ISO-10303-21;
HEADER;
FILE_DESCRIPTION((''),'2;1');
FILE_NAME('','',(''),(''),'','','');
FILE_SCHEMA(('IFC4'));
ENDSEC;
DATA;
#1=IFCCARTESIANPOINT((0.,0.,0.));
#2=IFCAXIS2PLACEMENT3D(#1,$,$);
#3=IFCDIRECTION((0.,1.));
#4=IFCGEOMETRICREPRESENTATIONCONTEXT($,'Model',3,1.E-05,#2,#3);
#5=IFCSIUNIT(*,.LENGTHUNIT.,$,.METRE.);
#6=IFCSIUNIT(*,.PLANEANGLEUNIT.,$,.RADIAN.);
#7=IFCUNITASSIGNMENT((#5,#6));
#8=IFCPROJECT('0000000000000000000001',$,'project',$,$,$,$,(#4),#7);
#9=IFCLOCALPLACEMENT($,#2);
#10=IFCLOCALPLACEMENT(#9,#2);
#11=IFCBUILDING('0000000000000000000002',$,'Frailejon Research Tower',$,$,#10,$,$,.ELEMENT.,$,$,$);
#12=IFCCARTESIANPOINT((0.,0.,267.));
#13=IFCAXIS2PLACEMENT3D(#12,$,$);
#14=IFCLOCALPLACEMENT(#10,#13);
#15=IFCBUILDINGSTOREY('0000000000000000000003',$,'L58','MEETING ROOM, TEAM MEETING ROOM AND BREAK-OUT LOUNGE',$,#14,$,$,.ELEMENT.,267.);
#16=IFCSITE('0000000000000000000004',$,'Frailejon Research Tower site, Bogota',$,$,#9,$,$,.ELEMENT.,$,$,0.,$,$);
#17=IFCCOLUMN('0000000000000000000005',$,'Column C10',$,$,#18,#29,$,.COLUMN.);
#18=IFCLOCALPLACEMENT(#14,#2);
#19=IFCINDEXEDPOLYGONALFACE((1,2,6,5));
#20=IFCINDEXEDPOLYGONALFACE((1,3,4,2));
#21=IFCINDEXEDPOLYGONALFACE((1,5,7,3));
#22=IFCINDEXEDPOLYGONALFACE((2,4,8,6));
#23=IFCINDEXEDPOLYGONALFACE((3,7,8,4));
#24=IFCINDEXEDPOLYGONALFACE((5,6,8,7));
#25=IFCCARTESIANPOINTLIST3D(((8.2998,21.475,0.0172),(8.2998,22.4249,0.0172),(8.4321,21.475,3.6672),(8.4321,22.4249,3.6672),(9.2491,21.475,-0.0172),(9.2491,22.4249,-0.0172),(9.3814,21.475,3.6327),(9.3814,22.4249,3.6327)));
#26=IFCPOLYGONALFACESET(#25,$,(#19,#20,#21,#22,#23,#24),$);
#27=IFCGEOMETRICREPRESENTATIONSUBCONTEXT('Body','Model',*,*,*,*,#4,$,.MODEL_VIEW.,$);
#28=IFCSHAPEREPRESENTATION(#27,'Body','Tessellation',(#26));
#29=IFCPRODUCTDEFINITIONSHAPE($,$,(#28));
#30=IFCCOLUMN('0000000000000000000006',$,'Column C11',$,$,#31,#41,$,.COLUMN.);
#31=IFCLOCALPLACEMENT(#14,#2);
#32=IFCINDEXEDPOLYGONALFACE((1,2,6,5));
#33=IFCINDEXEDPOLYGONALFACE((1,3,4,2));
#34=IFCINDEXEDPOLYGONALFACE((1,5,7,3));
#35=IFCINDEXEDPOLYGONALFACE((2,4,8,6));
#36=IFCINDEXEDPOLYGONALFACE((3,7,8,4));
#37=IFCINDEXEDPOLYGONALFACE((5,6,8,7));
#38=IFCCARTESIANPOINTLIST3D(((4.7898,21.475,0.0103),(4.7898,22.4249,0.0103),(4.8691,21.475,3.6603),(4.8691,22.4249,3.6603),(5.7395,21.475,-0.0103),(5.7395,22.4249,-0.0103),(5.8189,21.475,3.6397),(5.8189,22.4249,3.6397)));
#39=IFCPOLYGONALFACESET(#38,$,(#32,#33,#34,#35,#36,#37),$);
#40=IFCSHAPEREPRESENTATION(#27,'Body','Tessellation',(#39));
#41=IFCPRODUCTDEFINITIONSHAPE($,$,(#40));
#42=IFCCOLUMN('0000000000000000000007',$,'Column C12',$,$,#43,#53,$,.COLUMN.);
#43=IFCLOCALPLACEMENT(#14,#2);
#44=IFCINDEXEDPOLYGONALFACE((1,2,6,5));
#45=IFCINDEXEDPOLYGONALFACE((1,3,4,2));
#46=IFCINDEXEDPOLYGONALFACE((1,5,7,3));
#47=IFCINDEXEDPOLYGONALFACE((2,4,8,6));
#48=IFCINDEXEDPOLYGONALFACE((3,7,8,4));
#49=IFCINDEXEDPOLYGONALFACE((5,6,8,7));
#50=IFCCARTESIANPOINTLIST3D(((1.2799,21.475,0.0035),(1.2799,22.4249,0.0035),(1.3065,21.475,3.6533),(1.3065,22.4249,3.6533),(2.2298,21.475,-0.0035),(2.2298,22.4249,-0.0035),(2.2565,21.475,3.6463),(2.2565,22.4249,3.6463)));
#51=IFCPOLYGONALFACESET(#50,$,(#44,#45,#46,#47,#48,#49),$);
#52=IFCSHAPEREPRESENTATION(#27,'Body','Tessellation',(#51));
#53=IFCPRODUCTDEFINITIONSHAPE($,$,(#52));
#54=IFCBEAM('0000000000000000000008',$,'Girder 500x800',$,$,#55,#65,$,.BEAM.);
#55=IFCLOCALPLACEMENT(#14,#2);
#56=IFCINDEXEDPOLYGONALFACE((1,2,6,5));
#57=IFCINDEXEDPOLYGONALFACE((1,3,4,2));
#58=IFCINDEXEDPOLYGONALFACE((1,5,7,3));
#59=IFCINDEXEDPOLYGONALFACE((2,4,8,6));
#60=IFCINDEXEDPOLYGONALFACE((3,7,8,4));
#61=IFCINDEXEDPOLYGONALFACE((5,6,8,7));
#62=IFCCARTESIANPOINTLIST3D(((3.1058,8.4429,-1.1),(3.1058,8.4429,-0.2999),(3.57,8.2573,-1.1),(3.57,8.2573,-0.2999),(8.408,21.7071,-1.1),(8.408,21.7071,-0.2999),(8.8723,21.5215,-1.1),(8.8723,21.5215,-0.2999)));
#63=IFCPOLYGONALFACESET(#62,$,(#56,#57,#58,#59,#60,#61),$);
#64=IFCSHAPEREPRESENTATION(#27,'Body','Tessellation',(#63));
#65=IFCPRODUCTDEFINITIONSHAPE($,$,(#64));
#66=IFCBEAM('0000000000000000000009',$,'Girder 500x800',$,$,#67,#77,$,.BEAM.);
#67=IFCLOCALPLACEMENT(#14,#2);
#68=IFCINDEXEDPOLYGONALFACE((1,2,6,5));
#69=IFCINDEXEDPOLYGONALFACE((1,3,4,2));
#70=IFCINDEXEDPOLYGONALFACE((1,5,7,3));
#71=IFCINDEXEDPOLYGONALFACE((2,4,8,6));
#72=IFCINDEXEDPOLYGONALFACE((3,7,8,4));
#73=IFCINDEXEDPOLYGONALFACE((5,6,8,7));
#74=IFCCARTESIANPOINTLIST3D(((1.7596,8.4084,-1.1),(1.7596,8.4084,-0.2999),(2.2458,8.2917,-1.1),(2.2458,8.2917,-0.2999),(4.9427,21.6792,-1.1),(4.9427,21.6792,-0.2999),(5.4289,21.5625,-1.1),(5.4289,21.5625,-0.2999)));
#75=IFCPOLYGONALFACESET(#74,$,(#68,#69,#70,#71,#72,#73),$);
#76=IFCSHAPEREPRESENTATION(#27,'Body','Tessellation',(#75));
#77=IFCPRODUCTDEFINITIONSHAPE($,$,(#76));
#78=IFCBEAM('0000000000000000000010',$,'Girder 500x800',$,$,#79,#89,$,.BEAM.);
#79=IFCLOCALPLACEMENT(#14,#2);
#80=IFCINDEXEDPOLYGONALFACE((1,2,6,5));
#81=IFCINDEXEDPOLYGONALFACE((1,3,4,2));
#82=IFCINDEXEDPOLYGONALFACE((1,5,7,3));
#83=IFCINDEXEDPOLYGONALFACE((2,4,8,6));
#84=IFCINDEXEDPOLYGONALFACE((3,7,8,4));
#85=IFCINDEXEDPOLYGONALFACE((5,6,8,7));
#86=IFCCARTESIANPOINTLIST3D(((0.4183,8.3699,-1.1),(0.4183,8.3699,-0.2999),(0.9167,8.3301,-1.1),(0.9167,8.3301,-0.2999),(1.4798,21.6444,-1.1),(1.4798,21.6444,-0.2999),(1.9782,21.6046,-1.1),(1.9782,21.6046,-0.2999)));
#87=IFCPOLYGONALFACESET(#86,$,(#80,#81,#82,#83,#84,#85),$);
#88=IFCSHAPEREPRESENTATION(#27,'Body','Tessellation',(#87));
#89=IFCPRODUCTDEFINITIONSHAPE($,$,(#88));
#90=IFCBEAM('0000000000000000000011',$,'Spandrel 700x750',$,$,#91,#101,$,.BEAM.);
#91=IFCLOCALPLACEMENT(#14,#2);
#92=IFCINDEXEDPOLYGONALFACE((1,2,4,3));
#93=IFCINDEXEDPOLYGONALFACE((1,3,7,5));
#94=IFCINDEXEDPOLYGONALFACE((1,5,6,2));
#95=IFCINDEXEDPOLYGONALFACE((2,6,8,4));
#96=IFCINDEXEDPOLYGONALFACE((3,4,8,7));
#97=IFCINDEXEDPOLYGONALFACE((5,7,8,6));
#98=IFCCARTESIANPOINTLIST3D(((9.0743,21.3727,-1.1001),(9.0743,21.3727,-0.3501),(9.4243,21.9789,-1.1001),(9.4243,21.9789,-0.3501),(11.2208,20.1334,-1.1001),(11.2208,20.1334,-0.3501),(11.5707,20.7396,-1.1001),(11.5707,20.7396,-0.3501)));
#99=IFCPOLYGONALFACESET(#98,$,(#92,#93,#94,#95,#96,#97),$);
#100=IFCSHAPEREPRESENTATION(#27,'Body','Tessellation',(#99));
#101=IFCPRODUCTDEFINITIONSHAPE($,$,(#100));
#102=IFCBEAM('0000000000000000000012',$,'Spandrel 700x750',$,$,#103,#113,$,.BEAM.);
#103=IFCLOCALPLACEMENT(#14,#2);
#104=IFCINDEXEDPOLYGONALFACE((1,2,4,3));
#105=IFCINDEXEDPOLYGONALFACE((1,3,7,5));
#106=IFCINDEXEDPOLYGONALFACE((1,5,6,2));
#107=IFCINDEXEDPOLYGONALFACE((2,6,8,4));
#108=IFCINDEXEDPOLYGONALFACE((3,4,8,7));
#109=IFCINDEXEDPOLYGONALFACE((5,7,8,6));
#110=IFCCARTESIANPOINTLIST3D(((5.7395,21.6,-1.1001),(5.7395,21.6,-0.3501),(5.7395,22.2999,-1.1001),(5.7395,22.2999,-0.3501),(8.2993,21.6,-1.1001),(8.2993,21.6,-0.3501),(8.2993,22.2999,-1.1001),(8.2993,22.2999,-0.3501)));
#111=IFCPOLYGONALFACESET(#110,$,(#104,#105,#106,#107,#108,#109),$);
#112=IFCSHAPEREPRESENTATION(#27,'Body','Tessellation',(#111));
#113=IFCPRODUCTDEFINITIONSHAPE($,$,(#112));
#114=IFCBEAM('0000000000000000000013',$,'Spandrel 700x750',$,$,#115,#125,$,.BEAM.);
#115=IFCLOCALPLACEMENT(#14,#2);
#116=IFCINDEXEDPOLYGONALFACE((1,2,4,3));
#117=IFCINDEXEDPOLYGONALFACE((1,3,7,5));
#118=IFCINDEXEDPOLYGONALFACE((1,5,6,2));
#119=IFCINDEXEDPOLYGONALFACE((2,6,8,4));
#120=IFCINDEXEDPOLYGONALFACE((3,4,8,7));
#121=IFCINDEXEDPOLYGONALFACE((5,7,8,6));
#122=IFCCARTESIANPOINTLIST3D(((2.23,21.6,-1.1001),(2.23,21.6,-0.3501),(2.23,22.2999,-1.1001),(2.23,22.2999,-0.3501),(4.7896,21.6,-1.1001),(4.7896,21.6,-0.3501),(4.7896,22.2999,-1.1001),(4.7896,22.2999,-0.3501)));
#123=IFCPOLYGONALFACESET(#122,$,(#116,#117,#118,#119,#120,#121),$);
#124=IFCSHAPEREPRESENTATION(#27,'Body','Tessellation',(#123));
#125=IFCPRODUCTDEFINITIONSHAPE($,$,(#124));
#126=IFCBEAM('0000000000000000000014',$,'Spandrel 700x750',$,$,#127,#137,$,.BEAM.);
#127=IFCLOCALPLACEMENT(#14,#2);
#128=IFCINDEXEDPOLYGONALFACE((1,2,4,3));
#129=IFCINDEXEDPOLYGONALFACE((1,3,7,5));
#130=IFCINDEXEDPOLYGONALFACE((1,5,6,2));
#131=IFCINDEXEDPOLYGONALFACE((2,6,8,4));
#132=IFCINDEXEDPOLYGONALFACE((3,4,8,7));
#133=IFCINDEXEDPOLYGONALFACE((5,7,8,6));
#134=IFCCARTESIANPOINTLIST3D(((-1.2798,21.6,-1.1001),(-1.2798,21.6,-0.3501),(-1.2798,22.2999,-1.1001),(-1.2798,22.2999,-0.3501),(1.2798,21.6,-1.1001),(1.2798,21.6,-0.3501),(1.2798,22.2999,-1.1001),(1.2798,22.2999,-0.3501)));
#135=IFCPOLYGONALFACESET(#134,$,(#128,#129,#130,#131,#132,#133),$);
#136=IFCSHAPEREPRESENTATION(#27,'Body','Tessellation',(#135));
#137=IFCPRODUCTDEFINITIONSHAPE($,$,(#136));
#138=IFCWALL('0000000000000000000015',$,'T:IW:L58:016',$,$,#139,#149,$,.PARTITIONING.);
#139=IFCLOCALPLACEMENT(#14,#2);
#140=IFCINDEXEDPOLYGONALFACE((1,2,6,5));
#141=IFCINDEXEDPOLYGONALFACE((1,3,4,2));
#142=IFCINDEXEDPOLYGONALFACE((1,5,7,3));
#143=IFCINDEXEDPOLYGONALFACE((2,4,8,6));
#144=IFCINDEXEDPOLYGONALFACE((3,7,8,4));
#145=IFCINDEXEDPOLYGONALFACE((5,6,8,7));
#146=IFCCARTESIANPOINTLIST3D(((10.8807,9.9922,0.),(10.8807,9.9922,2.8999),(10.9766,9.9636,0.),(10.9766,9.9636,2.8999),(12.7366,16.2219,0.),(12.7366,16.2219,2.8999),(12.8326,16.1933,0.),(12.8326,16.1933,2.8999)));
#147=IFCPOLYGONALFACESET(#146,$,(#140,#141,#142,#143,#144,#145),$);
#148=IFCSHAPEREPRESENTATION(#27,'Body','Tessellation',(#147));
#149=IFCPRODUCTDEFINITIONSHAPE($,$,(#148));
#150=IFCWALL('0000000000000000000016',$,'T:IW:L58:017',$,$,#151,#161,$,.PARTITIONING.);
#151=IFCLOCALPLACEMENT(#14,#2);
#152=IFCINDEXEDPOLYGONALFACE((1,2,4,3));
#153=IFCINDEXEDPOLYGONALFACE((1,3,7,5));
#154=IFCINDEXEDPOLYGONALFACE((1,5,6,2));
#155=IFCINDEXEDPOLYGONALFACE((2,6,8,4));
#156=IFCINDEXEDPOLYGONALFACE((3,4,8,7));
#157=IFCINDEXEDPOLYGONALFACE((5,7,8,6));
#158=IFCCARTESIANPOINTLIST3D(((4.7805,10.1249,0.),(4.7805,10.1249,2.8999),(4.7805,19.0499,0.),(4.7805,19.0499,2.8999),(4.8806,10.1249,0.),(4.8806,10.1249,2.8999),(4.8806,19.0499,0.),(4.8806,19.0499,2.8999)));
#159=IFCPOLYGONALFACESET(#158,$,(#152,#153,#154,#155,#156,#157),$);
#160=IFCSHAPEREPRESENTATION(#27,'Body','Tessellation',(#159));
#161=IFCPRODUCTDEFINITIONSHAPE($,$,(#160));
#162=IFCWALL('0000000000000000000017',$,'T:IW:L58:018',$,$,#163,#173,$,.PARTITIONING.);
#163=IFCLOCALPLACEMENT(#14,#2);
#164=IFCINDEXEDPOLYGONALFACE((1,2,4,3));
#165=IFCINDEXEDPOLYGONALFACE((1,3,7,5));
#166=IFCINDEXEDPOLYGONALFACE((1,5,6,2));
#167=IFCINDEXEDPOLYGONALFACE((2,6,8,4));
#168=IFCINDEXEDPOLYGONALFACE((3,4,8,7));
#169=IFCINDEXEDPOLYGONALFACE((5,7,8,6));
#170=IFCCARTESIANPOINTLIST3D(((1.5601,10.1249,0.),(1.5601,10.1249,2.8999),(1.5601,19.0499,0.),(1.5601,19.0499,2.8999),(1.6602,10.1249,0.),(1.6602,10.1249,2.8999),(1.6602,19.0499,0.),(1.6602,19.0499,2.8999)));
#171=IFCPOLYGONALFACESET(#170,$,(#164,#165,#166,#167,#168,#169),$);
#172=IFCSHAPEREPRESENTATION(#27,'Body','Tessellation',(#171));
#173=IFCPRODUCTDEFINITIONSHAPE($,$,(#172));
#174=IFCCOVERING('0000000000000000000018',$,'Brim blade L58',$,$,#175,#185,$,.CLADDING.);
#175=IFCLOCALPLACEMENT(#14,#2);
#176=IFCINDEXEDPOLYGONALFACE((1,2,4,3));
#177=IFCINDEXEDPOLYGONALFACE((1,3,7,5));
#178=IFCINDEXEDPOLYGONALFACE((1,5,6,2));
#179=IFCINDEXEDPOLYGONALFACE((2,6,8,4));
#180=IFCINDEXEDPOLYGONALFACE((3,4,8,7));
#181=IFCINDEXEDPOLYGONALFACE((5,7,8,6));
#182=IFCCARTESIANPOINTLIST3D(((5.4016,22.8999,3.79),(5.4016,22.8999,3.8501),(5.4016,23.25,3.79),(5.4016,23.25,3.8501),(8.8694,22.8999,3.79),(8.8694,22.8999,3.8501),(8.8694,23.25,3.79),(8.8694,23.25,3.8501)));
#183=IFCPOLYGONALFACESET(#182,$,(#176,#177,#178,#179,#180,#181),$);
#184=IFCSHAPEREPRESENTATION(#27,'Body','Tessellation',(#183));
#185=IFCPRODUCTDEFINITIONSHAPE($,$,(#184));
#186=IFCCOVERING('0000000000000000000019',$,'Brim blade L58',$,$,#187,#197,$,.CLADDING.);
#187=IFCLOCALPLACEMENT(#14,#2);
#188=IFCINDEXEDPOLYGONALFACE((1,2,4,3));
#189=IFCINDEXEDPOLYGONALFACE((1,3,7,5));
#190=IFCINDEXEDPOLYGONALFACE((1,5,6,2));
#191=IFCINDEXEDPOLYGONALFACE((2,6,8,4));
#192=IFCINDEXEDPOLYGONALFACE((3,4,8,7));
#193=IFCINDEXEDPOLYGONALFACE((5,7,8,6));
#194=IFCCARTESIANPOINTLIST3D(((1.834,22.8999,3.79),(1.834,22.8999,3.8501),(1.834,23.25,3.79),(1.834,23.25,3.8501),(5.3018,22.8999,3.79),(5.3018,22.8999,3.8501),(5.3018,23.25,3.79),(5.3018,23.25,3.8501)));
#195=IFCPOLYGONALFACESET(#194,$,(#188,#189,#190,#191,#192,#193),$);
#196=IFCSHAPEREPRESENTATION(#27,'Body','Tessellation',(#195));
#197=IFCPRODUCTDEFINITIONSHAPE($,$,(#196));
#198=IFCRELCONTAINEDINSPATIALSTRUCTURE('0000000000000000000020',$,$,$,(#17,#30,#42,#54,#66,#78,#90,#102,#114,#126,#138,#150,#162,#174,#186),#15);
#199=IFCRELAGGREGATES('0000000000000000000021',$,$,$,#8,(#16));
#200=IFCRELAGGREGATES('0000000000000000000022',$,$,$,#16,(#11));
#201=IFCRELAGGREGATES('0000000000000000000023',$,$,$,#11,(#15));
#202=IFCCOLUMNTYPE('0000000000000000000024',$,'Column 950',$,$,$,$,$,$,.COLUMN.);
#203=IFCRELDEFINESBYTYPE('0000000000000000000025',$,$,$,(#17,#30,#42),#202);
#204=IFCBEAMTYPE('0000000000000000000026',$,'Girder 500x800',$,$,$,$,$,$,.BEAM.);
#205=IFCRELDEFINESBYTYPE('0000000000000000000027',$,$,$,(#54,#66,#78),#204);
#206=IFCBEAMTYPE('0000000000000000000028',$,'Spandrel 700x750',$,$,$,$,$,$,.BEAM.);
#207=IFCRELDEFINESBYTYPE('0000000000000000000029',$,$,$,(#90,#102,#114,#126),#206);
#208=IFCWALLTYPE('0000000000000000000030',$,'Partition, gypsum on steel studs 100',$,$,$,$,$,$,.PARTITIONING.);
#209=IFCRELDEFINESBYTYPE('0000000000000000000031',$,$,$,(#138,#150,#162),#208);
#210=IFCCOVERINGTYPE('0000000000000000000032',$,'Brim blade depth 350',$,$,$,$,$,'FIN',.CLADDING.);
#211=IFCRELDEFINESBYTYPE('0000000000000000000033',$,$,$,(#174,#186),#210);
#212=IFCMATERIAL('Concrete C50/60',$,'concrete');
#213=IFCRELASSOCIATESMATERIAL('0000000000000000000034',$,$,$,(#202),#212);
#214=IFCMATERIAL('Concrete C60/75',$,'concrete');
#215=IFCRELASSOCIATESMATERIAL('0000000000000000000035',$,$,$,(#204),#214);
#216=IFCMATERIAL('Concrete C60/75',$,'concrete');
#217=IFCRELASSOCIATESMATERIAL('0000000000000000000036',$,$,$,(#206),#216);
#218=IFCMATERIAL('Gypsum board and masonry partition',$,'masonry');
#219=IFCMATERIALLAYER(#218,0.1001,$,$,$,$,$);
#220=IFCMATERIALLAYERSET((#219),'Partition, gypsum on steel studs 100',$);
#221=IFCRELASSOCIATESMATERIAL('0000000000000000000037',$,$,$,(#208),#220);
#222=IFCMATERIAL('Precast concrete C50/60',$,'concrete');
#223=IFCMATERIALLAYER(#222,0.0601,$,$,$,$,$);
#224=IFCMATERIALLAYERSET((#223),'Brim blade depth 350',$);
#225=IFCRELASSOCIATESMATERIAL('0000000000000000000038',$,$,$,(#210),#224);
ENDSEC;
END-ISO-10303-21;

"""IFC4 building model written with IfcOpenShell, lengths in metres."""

from ifc_helpers import new_model, si_unit, direction, frame, frame_2d, origin, origin_2d, place, context, subcontext, project, spatial, polyline, rectangle, outline, extrude, material, layer, layer_set, material_profile, profile_set, type_object, element, save


model = new_model("IFC4")

# Units and contexts
model_context = context("Model", 3, precision=1e-05, world=origin(), true_north=direction((0.0, 1.0)))
body_context = subcontext(model_context, "Body", "Model", "MODEL_VIEW")
ifc_project = project(units=[si_unit("LENGTHUNIT", "METRE"), si_unit("PLANEANGLEUNIT", "RADIAN")], contexts=[model_context])

# Site, building, storey
site_placement = place(None, origin())
site = spatial("IfcSite", under=ifc_project, at=site_placement, Name="Frailejon Research Tower site, Bogota", CompositionType="ELEMENT", RefElevation=0.0)
building_placement = place(site_placement, origin())
building = spatial("IfcBuilding", under=site, at=building_placement, Name="Frailejon Research Tower", CompositionType="ELEMENT")
storey_placement = place(building_placement, frame((0.0, 0.0, 267.0)))
storey = spatial("IfcBuildingStorey", under=building, at=storey_placement, Name="L58", Description="MEETING ROOM, TEAM MEETING ROOM AND BREAK-OUT LOUNGE", CompositionType="ELEMENT", Elevation=267.0)

# Columns
ifc_material_1 = material(Name="Concrete C50/60", Category="concrete")
ifc_material_profile_1 = material_profile(ifc_material_1, rectangle(XDim=0.95, YDim=0.95, at=origin_2d()), Name="Column 950")
ifc_profile_set_1 = profile_set([ifc_material_profile_1], Name="Concrete C50/60")
column_type = type_object("IfcColumnType", Name="Column 950", PredefinedType="COLUMN", material=ifc_profile_set_1)
column_1_placement = place(storey_placement, frame((8.7744, 21.95, 0.0), z_axis=(0.03623, 0.0, 0.999343), x_axis=(-0.999343, 0.0, 0.03623)))
element("IfcColumn", 1, at=column_1_placement, inside=storey, type_object=column_type, Name="Column C10", PredefinedType="COLUMN", context=body_context, shape_type="SweptSolid", body=[
    extrude(rectangle(XDim=0.95, YDim=0.95, at=origin_2d()), origin(), (0.0, 0.0, 1.0), 3.6523),
])
column_2_placement = place(storey_placement, frame((5.2646, 21.95, 0.0), z_axis=(0.021734, 0.0, 0.999764), x_axis=(-0.999764, 0.0, 0.021734)))
element("IfcColumn", 2, at=column_2_placement, inside=storey, type_object=column_type, Name="Column C11", PredefinedType="COLUMN", context=body_context, shape_type="SweptSolid", body=[
    extrude(rectangle(XDim=0.95, YDim=0.95, at=origin_2d()), origin(), (0.0, 0.0, 1.0), 3.6509),
])
column_3_placement = place(storey_placement, frame((1.7549, 21.95, 0.0), z_axis=(0.007291, 0.0, 0.999973), x_axis=(-0.999973, 0.0, 0.007291)))
element("IfcColumn", 3, at=column_3_placement, inside=storey, type_object=column_type, Name="Column C12", PredefinedType="COLUMN", context=body_context, shape_type="SweptSolid", body=[
    extrude(rectangle(XDim=0.95, YDim=0.95, at=origin_2d()), origin(), (0.0, 0.0, 1.0), 3.6499),
])

# Beams
ifc_material_2 = material(Name="Concrete C60/75", Category="concrete")
ifc_material_profile_2 = material_profile(ifc_material_2, rectangle(XDim=0.5, YDim=0.8, at=origin_2d()), Name="Girder 500x800")
ifc_profile_set_2 = profile_set([ifc_material_profile_2], Name="Concrete C60/75")
beam_type_1 = type_object("IfcBeamType", Name="Girder 500x800", PredefinedType="BEAM", material=ifc_profile_set_2)
beam_1_placement = place(storey_placement, frame((8.6401, 21.6143, -0.7), z_axis=(-0.371184, -0.928559, 0.0), x_axis=(0.928559, -0.371184, 0.0)))
element("IfcBeam", 4, at=beam_1_placement, inside=storey, type_object=beam_type_1, Name="Girder 500x800", PredefinedType="BEAM", context=body_context, shape_type="SweptSolid", body=[
    extrude(rectangle(XDim=0.5, YDim=0.8, at=origin_2d()), origin(), (0.0, 0.0, 1.0), 14.2847),
])
beam_2_placement = place(storey_placement, frame((5.1858, 21.6208, -0.7), z_axis=(-0.233243, -0.972418, 0.0), x_axis=(0.972418, -0.233243, 0.0)))
element("IfcBeam", 5, at=beam_2_placement, inside=storey, type_object=beam_type_1, Name="Girder 500x800", PredefinedType="BEAM", context=body_context, shape_type="SweptSolid", body=[
    extrude(rectangle(XDim=0.5, YDim=0.8, at=origin_2d()), origin(), (0.0, 0.0, 1.0), 13.6472),
])
beam_3_placement = place(storey_placement, frame((1.729, 21.6245, -0.7), z_axis=(-0.079713, -0.996818, 0.0), x_axis=(0.996818, -0.079713, 0.0)))
element("IfcBeam", 6, at=beam_3_placement, inside=storey, type_object=beam_type_1, Name="Girder 500x800", PredefinedType="BEAM", context=body_context, shape_type="SweptSolid", body=[
    extrude(rectangle(XDim=0.5, YDim=0.8, at=origin_2d()), origin(), (0.0, 0.0, 1.0), 13.3169),
])
ifc_material_3 = material(Name="Concrete C60/75", Category="concrete")
ifc_material_profile_3 = material_profile(ifc_material_3, rectangle(XDim=0.7, YDim=0.75, at=origin_2d()), Name="Spandrel 700x750")
ifc_profile_set_3 = profile_set([ifc_material_profile_3], Name="Concrete C60/75")
beam_type_2 = type_object("IfcBeamType", Name="Spandrel 700x750", PredefinedType="BEAM", material=ifc_profile_set_3)
beam_4_placement = place(storey_placement, frame((11.3958, 20.4365, -0.7251), z_axis=(-0.866028, 0.499995, 0.0), x_axis=(-0.499995, -0.866028, 0.0)))
element("IfcBeam", 7, at=beam_4_placement, inside=storey, type_object=beam_type_2, Name="Spandrel 700x750", PredefinedType="BEAM", context=body_context, shape_type="SweptSolid", body=[
    extrude(rectangle(XDim=0.7, YDim=0.75, at=origin_2d()), origin(), (0.0, 0.0, 1.0), 2.4785),
])
beam_5_placement = place(storey_placement, frame((8.2993, 21.95, -0.7251), z_axis=(-1.0, 0.0, 0.0), x_axis=(0.0, -1.0, 0.0)))
element("IfcBeam", 8, at=beam_5_placement, inside=storey, type_object=beam_type_2, Name="Spandrel 700x750", PredefinedType="BEAM", context=body_context, shape_type="SweptSolid", body=[
    extrude(rectangle(XDim=0.7, YDim=0.75, at=origin_2d()), origin(), (0.0, 0.0, 1.0), 2.5598),
])
for number, where, z_axis, x_axis, name in (
    (9, (4.7896, 21.95, -0.7251), (-1.0, 0.0, 0.0), (0.0, -1.0, 0.0), "Spandrel 700x750"),
    (10, (1.2798, 21.95, -0.7251), (-1.0, 0.0, 0.0), (0.0, -1.0, 0.0), "Spandrel 700x750"),
):
    element("IfcBeam", number, at=place(storey_placement, frame(where, z_axis=z_axis, x_axis=x_axis)), inside=storey, type_object=beam_type_2, Name=name, PredefinedType="BEAM", context=body_context, shape_type="SweptSolid", body=[
        extrude(rectangle(XDim=0.7, YDim=0.75, at=origin_2d()), origin(), (0.0, 0.0, 1.0), 2.5596),
    ])

# Walls
ifc_material_4 = material(Name="Gypsum board and masonry partition", Category="masonry")
ifc_layer_1 = layer(ifc_material_4, 0.1001)
ifc_layer_set_1 = layer_set([ifc_layer_1], Name="Partition, gypsum on steel studs 100")
wall_type_1 = type_object("IfcWallType", Name="Partition, gypsum on steel studs 100", PredefinedType="PARTITIONING", material=ifc_layer_set_1)
wall_1_placement = place(storey_placement, frame((10.9287, 9.978, 0.0), z_axis=(0.0, 0.0, 1.0), x_axis=(0.285518, 0.958373, 0.0)))
element("IfcWall", 11, at=wall_1_placement, inside=storey, type_object=wall_type_1, Name="T:IW:L58:016", PredefinedType="PARTITIONING", context=body_context, shape_type="SweptSolid", body=[
    extrude(rectangle(XDim=6.5002, YDim=0.1001, at=frame_2d((3.25, 0.0))), origin(), (0.0, 0.0, 1.0), 2.8999),
])
for number, where, z_axis, x_axis, name in (
    (12, (4.8306, 10.125, 0.0), (0.0, 0.0, 1.0), (0.0, 1.0, 0.0), "T:IW:L58:017"),
    (13, (1.6101, 10.125, 0.0), (0.0, 0.0, 1.0), (0.0, 1.0, 0.0), "T:IW:L58:018"),
):
    element("IfcWall", number, at=place(storey_placement, frame(where, z_axis=z_axis, x_axis=x_axis)), inside=storey, type_object=wall_type_1, Name=name, PredefinedType="PARTITIONING", context=body_context, shape_type="SweptSolid", body=[
        extrude(rectangle(XDim=8.925, YDim=0.1001, at=frame_2d((4.4624, 0.0))), origin(), (0.0, 0.0, 1.0), 2.8999),
    ])

# Coverings
ifc_material_5 = material(Name="Precast concrete C50/60", Category="concrete")
ifc_layer_2 = layer(ifc_material_5, 0.0601)
ifc_layer_set_2 = layer_set([ifc_layer_2], Name="Brim blade depth 350")
covering_type_1 = type_object("IfcCoveringType", Name="Brim blade depth 350", ElementType="FIN", PredefinedType="CLADDING", material=ifc_layer_set_2)
for number, where, z_axis, x_axis, name in (
    (14, (5.4016, 22.8999, 3.8501), (1.0, 0.0, 0.0), (0.0, 1.0, 0.0), "Brim blade L58"),
    (15, (1.834, 22.8999, 3.8501), (1.0, 0.0, 0.0), (0.0, 1.0, 0.0), "Brim blade L58"),
):
    element("IfcCovering", number, at=place(storey_placement, frame(where, z_axis=z_axis, x_axis=x_axis)), inside=storey, type_object=covering_type_1, Name=name, PredefinedType="CLADDING", context=body_context, shape_type="SweptSolid", body=[
        extrude(outline(polyline([(0.0, -0.0601), (0.3501, -0.0601), (0.3501, 0.0), (0.0, 0.0), (0.0, -0.0601)])), origin(), (0.0, 0.0, 1.0), 3.4678),
    ])

save(model, "model.ifc")
